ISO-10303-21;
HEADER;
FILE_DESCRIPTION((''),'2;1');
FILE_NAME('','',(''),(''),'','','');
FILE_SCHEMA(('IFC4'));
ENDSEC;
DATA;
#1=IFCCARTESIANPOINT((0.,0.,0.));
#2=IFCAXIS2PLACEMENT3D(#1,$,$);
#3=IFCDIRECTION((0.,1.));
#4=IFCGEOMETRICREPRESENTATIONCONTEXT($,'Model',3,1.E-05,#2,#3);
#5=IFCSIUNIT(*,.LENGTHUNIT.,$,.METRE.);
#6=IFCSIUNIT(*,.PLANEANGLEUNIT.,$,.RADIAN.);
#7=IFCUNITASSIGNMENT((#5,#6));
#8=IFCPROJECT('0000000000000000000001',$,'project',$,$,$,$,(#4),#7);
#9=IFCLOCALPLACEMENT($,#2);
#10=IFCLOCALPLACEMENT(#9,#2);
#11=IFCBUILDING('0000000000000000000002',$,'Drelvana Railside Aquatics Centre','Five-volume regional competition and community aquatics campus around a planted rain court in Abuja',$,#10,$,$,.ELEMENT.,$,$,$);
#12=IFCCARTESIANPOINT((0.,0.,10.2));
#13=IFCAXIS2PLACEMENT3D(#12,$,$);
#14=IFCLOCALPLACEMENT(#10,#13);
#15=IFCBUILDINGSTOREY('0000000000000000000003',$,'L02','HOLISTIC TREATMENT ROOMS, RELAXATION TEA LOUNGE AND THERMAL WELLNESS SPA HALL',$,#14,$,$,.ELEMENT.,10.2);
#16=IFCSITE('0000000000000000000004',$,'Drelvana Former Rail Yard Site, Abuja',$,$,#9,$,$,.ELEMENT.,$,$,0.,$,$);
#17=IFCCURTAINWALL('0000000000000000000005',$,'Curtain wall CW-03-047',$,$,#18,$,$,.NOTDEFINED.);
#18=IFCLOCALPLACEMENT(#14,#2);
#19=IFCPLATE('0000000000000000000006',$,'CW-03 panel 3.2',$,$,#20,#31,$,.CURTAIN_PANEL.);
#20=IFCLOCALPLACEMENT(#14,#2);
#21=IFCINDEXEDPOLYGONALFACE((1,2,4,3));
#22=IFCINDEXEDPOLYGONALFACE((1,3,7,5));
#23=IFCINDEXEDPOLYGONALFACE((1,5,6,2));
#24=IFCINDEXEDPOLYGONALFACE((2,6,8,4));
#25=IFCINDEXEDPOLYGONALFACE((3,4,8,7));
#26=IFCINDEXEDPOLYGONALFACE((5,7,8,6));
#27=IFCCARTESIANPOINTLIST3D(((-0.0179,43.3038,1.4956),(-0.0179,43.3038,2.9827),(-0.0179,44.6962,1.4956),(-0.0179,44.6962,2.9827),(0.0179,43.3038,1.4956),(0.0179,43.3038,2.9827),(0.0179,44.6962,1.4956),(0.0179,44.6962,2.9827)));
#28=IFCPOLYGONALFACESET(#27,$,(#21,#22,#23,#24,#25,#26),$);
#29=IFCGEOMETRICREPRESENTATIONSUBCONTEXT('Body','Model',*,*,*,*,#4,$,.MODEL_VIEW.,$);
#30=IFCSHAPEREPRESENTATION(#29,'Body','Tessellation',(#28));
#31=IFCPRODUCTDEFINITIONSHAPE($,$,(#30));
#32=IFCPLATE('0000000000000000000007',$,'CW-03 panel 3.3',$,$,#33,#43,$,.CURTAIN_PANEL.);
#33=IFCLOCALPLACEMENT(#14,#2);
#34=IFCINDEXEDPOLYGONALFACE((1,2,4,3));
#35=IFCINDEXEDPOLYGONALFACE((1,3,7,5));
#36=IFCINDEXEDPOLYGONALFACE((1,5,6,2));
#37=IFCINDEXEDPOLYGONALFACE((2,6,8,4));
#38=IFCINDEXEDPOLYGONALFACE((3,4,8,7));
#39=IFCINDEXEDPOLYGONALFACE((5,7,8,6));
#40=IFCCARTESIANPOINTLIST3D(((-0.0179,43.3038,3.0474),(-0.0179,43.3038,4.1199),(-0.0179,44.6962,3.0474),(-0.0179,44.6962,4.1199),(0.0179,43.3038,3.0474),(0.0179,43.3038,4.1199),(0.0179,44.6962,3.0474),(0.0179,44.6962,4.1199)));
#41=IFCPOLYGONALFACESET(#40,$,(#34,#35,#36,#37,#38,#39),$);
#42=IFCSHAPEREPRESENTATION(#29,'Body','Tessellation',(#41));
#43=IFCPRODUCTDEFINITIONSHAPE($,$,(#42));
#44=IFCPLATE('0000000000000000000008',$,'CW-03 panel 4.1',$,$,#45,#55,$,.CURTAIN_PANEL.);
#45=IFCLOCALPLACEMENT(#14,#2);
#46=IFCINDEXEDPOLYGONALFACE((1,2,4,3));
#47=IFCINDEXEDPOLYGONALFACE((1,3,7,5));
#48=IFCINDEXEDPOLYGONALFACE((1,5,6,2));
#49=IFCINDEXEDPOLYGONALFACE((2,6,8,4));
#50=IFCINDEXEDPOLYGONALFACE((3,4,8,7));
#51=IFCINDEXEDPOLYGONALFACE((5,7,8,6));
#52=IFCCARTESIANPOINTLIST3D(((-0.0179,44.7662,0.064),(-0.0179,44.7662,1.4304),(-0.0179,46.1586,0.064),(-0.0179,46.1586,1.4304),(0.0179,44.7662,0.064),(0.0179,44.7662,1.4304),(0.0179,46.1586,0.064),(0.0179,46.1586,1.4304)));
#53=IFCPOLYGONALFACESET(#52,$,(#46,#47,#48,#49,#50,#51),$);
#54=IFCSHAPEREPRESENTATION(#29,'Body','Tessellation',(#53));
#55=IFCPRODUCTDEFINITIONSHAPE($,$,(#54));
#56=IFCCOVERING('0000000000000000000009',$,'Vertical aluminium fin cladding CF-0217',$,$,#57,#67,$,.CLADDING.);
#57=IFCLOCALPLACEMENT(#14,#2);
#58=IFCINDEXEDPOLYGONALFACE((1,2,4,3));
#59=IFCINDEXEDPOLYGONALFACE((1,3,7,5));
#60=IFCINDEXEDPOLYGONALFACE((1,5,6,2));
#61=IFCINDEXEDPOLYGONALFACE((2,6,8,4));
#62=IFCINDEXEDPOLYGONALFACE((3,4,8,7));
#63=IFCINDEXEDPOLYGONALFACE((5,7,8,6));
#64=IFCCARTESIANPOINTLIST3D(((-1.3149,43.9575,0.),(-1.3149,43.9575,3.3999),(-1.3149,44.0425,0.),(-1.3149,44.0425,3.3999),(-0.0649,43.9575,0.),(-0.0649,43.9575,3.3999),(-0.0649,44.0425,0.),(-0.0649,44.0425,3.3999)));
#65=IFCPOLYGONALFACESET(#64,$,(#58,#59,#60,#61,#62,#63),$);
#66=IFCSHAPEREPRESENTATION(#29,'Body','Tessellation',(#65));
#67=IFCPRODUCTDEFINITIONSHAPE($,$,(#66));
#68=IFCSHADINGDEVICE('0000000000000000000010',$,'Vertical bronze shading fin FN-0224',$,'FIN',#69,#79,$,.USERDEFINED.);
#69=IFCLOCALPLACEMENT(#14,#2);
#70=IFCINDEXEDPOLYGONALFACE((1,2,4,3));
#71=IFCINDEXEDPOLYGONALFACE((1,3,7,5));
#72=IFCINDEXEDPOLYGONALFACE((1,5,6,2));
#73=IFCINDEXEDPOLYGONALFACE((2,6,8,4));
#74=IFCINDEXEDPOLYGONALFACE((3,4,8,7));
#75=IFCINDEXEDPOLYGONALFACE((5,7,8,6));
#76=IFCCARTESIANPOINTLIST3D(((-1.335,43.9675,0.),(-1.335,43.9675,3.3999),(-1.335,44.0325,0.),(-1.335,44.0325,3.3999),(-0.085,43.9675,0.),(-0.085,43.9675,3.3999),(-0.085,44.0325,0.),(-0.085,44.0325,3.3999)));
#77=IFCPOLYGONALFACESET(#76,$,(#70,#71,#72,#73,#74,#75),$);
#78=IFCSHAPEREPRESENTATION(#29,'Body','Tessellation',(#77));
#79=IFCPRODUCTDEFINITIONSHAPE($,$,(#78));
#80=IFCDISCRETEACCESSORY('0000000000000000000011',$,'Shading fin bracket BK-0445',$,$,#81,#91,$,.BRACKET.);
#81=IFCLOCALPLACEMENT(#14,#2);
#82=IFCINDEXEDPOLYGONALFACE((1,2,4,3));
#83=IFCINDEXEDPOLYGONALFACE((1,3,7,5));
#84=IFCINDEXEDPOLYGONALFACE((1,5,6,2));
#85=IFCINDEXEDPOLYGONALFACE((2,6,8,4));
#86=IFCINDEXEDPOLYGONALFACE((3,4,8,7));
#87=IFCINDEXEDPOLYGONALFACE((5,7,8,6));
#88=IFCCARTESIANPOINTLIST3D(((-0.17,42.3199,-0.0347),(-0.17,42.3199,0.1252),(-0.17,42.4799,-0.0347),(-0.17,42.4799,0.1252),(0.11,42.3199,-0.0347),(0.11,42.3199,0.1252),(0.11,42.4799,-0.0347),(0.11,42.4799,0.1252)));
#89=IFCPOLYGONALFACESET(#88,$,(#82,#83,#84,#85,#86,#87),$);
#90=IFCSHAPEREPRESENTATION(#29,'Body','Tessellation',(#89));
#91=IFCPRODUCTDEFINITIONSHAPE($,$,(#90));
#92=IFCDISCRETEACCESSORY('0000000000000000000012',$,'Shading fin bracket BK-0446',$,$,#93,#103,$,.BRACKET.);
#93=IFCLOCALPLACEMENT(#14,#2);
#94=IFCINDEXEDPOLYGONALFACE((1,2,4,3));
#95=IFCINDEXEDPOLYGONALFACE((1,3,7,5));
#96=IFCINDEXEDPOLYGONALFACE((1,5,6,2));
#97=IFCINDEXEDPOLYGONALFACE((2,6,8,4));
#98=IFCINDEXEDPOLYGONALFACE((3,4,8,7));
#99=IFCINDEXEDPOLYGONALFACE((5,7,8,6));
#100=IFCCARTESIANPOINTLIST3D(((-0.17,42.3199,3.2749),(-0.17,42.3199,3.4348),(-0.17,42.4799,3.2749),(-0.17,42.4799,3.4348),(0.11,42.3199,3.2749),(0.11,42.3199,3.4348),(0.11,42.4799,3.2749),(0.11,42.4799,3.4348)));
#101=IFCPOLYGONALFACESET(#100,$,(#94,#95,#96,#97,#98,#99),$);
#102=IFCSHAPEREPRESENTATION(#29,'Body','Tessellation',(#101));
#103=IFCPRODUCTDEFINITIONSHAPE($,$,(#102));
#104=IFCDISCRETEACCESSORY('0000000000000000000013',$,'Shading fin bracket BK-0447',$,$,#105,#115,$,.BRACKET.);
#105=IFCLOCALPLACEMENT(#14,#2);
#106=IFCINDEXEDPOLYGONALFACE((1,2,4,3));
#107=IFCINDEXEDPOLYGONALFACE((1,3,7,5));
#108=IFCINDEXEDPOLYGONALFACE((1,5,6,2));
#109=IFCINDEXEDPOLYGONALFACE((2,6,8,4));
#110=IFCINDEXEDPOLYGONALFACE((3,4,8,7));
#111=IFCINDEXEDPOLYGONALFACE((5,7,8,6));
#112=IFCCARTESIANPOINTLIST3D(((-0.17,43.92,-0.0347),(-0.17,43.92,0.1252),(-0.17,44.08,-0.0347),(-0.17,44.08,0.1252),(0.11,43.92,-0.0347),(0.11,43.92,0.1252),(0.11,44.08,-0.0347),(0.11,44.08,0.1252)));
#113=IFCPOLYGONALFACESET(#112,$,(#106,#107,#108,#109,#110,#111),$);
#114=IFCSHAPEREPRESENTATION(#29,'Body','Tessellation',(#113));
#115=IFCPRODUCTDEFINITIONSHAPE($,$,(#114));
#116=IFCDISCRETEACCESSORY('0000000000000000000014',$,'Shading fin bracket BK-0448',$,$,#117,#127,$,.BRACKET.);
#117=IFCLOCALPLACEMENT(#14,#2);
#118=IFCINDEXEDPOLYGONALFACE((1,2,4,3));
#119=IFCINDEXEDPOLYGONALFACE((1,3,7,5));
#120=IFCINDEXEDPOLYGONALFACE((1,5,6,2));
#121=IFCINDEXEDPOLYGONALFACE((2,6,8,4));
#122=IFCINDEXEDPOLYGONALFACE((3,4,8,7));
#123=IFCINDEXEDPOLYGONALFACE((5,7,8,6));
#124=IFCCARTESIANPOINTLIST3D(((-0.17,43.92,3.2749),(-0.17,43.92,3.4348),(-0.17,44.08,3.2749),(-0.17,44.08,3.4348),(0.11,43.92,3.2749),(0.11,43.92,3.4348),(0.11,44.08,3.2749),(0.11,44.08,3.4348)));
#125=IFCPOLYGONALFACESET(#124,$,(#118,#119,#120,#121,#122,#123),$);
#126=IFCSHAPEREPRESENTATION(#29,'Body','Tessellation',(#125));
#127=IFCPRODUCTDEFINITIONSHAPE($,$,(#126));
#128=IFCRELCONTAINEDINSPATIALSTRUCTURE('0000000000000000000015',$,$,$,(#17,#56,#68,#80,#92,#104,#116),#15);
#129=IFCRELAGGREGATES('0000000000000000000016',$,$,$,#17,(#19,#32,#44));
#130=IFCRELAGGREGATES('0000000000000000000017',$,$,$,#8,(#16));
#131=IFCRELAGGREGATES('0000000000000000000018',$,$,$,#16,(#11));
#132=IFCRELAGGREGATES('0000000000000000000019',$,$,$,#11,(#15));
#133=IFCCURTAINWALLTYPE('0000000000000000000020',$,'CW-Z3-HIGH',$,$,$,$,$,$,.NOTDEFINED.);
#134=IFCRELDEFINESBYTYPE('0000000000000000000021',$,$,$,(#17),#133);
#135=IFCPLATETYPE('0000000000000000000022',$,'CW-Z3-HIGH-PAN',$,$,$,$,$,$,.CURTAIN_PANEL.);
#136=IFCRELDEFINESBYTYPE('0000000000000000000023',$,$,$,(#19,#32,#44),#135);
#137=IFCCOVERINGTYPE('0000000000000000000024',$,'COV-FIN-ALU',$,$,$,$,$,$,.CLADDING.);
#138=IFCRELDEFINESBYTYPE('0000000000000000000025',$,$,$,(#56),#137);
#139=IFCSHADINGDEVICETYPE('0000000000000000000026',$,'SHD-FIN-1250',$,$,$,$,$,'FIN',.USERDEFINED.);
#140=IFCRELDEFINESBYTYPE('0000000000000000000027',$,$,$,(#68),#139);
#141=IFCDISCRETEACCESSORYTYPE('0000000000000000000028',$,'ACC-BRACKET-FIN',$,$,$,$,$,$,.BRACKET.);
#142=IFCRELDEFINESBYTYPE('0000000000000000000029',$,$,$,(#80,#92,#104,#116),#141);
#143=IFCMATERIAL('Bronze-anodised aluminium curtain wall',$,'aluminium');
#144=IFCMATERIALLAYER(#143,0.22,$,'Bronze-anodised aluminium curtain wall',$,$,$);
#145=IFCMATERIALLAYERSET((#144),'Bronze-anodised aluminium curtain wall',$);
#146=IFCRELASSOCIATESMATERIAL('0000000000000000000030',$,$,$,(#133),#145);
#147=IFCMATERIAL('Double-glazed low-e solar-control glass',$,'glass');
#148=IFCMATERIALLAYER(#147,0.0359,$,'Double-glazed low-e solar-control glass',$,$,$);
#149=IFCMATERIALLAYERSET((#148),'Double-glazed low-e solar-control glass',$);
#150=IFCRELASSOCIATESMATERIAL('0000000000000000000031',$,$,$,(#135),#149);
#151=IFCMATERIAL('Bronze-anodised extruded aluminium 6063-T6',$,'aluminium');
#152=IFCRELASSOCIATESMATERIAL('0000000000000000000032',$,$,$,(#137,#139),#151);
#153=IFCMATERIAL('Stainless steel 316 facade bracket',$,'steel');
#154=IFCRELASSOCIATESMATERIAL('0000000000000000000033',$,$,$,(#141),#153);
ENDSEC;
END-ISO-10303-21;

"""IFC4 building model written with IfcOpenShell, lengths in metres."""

from ifc_helpers import new_model, si_unit, direction, frame, origin, origin_2d, place, context, subcontext, project, spatial, rectangle, extrude, material, layer, layer_set, type_object, element, aggregate, save


model = new_model("IFC4")

# Units and contexts
model_context = context("Model", 3, precision=1e-05, world=origin(), true_north=direction((0.0, 1.0)))
body_context = subcontext(model_context, "Body", "Model", "MODEL_VIEW")
ifc_project = project(units=[si_unit("LENGTHUNIT", "METRE"), si_unit("PLANEANGLEUNIT", "RADIAN")], contexts=[model_context])

# Site, building, storey
site_placement = place(None, origin())
site = spatial("IfcSite", under=ifc_project, at=site_placement, Name="Drelvana Former Rail Yard Site, Abuja", CompositionType="ELEMENT", RefElevation=0.0)
building_placement = place(site_placement, origin())
building = spatial("IfcBuilding", under=site, at=building_placement, Name="Drelvana Railside Aquatics Centre", Description="Five-volume regional competition and community aquatics campus around a planted rain court in Abuja", CompositionType="ELEMENT")
storey_placement = place(building_placement, frame((0.0, 0.0, 10.2)))
storey = spatial("IfcBuildingStorey", under=building, at=storey_placement, Name="L02", Description="HOLISTIC TREATMENT ROOMS, RELAXATION TEA LOUNGE AND THERMAL WELLNESS SPA HALL", CompositionType="ELEMENT", Elevation=10.2)

# Curtain wall, plates
ifc_material_1 = material(Name="Bronze-anodised aluminium curtain wall", Category="aluminium")
ifc_layer_1 = layer(ifc_material_1, 0.22, Name="Bronze-anodised aluminium curtain wall")
ifc_layer_set_1 = layer_set([ifc_layer_1], Name="Bronze-anodised aluminium curtain wall")
curtain_wall_type = type_object("IfcCurtainWallType", Name="CW-Z3-HIGH", PredefinedType="NOTDEFINED", material=ifc_layer_set_1)
curtain_wall_placement = place(storey_placement, origin())
curtain_wall = element("IfcCurtainWall", 1, at=curtain_wall_placement, inside=storey, type_object=curtain_wall_type, Name="Curtain wall CW-03-047", PredefinedType="NOTDEFINED")
ifc_material_2 = material(Name="Double-glazed low-e solar-control glass", Category="glass")
ifc_layer_2 = layer(ifc_material_2, 0.0359, Name="Double-glazed low-e solar-control glass")
ifc_layer_set_2 = layer_set([ifc_layer_2], Name="Double-glazed low-e solar-control glass")
plate_type = type_object("IfcPlateType", Name="CW-Z3-HIGH-PAN", PredefinedType="CURTAIN_PANEL", material=ifc_layer_set_2)
plate_1_placement = place(storey_placement, frame((0.0, 44.0, 1.4956), z_axis=(0.0, 0.0, 1.0), x_axis=(0.0, 1.0, 0.0)))
plate_1 = element("IfcPlate", 2, at=plate_1_placement, type_object=plate_type, Name="CW-03 panel 3.2", PredefinedType="CURTAIN_PANEL", context=body_context, shape_type="SweptSolid", body=[
    extrude(rectangle(XDim=1.3923, YDim=0.0359, at=origin_2d()), origin(), (0.0, 0.0, 1.0), 1.4871),
])
plate_2_placement = place(storey_placement, frame((0.0, 44.0, 3.0474), z_axis=(0.0, 0.0, 1.0), x_axis=(0.0, 1.0, 0.0)))
plate_2 = element("IfcPlate", 3, at=plate_2_placement, type_object=plate_type, Name="CW-03 panel 3.3", PredefinedType="CURTAIN_PANEL", context=body_context, shape_type="SweptSolid", body=[
    extrude(rectangle(XDim=1.3923, YDim=0.0359, at=origin_2d()), origin(), (0.0, 0.0, 1.0), 1.0725),
])
plate_3_placement = place(storey_placement, frame((0.0, 45.4624, 0.064), z_axis=(0.0, 0.0, 1.0), x_axis=(0.0, 1.0, 0.0)))
plate_3 = element("IfcPlate", 4, at=plate_3_placement, type_object=plate_type, Name="CW-03 panel 4.1", PredefinedType="CURTAIN_PANEL", context=body_context, shape_type="SweptSolid", body=[
    extrude(rectangle(XDim=1.3923, YDim=0.0359, at=origin_2d()), origin(), (0.0, 0.0, 1.0), 1.3665),
])
aggregate(curtain_wall, [plate_1, plate_2, plate_3])

# Covering
ifc_material_3 = material(Name="Bronze-anodised extruded aluminium 6063-T6", Category="aluminium")
covering_type = type_object("IfcCoveringType", Name="COV-FIN-ALU", PredefinedType="CLADDING", material=ifc_material_3)
covering_placement = place(storey_placement, frame((-0.6899, 44.0, 0.0), z_axis=(0.0, 0.0, 1.0), x_axis=(0.0, 1.0, 0.0)))
element("IfcCovering", 5, at=covering_placement, inside=storey, type_object=covering_type, Name="Vertical aluminium fin cladding CF-0217", PredefinedType="CLADDING", context=body_context, shape_type="SweptSolid", body=[
    extrude(rectangle(XDim=0.085, YDim=1.25, at=origin_2d()), origin(), (0.0, 0.0, 1.0), 3.3999),
])

# Shading device
shading_device_type = type_object("IfcShadingDeviceType", Name="SHD-FIN-1250", ElementType="FIN", PredefinedType="USERDEFINED", material=ifc_material_3)
shading_device_placement = place(storey_placement, frame((-0.71, 44.0, 0.0), z_axis=(0.0, 0.0, 1.0), x_axis=(-1.0, 0.0, 0.0)))
element("IfcShadingDevice", 6, at=shading_device_placement, inside=storey, type_object=shading_device_type, Name="Vertical bronze shading fin FN-0224", ObjectType="FIN", PredefinedType="USERDEFINED", context=body_context, shape_type="SweptSolid", body=[
    extrude(rectangle(XDim=1.25, YDim=0.0649, at=origin_2d()), origin(), (0.0, 0.0, 1.0), 3.3999),
])

# Discrete accessories
ifc_material_4 = material(Name="Stainless steel 316 facade bracket", Category="steel")
discrete_accessory_type = type_object("IfcDiscreteAccessoryType", Name="ACC-BRACKET-FIN", PredefinedType="BRACKET", material=ifc_material_4)
for number, where, z_axis, x_axis, name in (
    (7, (-0.03, 42.3999, -0.0347), (0.0, 0.0, 1.0), (-1.0, 0.0, 0.0), "Shading fin bracket BK-0445"),
    (8, (-0.03, 42.3999, 3.2749), (0.0, 0.0, 1.0), (-1.0, 0.0, 0.0), "Shading fin bracket BK-0446"),
    (9, (-0.03, 44.0, -0.0347), (0.0, 0.0, 1.0), (-1.0, 0.0, 0.0), "Shading fin bracket BK-0447"),
    (10, (-0.03, 44.0, 3.2749), (0.0, 0.0, 1.0), (-1.0, 0.0, 0.0), "Shading fin bracket BK-0448"),
):
    element("IfcDiscreteAccessory", number, at=place(storey_placement, frame(where, z_axis=z_axis, x_axis=x_axis)), inside=storey, type_object=discrete_accessory_type, Name=name, PredefinedType="BRACKET", context=body_context, shape_type="SweptSolid", body=[
        extrude(rectangle(XDim=0.28, YDim=0.1599, at=origin_2d()), origin(), (0.0, 0.0, 1.0), 0.1599),
    ])

save(model, "model.ifc")
